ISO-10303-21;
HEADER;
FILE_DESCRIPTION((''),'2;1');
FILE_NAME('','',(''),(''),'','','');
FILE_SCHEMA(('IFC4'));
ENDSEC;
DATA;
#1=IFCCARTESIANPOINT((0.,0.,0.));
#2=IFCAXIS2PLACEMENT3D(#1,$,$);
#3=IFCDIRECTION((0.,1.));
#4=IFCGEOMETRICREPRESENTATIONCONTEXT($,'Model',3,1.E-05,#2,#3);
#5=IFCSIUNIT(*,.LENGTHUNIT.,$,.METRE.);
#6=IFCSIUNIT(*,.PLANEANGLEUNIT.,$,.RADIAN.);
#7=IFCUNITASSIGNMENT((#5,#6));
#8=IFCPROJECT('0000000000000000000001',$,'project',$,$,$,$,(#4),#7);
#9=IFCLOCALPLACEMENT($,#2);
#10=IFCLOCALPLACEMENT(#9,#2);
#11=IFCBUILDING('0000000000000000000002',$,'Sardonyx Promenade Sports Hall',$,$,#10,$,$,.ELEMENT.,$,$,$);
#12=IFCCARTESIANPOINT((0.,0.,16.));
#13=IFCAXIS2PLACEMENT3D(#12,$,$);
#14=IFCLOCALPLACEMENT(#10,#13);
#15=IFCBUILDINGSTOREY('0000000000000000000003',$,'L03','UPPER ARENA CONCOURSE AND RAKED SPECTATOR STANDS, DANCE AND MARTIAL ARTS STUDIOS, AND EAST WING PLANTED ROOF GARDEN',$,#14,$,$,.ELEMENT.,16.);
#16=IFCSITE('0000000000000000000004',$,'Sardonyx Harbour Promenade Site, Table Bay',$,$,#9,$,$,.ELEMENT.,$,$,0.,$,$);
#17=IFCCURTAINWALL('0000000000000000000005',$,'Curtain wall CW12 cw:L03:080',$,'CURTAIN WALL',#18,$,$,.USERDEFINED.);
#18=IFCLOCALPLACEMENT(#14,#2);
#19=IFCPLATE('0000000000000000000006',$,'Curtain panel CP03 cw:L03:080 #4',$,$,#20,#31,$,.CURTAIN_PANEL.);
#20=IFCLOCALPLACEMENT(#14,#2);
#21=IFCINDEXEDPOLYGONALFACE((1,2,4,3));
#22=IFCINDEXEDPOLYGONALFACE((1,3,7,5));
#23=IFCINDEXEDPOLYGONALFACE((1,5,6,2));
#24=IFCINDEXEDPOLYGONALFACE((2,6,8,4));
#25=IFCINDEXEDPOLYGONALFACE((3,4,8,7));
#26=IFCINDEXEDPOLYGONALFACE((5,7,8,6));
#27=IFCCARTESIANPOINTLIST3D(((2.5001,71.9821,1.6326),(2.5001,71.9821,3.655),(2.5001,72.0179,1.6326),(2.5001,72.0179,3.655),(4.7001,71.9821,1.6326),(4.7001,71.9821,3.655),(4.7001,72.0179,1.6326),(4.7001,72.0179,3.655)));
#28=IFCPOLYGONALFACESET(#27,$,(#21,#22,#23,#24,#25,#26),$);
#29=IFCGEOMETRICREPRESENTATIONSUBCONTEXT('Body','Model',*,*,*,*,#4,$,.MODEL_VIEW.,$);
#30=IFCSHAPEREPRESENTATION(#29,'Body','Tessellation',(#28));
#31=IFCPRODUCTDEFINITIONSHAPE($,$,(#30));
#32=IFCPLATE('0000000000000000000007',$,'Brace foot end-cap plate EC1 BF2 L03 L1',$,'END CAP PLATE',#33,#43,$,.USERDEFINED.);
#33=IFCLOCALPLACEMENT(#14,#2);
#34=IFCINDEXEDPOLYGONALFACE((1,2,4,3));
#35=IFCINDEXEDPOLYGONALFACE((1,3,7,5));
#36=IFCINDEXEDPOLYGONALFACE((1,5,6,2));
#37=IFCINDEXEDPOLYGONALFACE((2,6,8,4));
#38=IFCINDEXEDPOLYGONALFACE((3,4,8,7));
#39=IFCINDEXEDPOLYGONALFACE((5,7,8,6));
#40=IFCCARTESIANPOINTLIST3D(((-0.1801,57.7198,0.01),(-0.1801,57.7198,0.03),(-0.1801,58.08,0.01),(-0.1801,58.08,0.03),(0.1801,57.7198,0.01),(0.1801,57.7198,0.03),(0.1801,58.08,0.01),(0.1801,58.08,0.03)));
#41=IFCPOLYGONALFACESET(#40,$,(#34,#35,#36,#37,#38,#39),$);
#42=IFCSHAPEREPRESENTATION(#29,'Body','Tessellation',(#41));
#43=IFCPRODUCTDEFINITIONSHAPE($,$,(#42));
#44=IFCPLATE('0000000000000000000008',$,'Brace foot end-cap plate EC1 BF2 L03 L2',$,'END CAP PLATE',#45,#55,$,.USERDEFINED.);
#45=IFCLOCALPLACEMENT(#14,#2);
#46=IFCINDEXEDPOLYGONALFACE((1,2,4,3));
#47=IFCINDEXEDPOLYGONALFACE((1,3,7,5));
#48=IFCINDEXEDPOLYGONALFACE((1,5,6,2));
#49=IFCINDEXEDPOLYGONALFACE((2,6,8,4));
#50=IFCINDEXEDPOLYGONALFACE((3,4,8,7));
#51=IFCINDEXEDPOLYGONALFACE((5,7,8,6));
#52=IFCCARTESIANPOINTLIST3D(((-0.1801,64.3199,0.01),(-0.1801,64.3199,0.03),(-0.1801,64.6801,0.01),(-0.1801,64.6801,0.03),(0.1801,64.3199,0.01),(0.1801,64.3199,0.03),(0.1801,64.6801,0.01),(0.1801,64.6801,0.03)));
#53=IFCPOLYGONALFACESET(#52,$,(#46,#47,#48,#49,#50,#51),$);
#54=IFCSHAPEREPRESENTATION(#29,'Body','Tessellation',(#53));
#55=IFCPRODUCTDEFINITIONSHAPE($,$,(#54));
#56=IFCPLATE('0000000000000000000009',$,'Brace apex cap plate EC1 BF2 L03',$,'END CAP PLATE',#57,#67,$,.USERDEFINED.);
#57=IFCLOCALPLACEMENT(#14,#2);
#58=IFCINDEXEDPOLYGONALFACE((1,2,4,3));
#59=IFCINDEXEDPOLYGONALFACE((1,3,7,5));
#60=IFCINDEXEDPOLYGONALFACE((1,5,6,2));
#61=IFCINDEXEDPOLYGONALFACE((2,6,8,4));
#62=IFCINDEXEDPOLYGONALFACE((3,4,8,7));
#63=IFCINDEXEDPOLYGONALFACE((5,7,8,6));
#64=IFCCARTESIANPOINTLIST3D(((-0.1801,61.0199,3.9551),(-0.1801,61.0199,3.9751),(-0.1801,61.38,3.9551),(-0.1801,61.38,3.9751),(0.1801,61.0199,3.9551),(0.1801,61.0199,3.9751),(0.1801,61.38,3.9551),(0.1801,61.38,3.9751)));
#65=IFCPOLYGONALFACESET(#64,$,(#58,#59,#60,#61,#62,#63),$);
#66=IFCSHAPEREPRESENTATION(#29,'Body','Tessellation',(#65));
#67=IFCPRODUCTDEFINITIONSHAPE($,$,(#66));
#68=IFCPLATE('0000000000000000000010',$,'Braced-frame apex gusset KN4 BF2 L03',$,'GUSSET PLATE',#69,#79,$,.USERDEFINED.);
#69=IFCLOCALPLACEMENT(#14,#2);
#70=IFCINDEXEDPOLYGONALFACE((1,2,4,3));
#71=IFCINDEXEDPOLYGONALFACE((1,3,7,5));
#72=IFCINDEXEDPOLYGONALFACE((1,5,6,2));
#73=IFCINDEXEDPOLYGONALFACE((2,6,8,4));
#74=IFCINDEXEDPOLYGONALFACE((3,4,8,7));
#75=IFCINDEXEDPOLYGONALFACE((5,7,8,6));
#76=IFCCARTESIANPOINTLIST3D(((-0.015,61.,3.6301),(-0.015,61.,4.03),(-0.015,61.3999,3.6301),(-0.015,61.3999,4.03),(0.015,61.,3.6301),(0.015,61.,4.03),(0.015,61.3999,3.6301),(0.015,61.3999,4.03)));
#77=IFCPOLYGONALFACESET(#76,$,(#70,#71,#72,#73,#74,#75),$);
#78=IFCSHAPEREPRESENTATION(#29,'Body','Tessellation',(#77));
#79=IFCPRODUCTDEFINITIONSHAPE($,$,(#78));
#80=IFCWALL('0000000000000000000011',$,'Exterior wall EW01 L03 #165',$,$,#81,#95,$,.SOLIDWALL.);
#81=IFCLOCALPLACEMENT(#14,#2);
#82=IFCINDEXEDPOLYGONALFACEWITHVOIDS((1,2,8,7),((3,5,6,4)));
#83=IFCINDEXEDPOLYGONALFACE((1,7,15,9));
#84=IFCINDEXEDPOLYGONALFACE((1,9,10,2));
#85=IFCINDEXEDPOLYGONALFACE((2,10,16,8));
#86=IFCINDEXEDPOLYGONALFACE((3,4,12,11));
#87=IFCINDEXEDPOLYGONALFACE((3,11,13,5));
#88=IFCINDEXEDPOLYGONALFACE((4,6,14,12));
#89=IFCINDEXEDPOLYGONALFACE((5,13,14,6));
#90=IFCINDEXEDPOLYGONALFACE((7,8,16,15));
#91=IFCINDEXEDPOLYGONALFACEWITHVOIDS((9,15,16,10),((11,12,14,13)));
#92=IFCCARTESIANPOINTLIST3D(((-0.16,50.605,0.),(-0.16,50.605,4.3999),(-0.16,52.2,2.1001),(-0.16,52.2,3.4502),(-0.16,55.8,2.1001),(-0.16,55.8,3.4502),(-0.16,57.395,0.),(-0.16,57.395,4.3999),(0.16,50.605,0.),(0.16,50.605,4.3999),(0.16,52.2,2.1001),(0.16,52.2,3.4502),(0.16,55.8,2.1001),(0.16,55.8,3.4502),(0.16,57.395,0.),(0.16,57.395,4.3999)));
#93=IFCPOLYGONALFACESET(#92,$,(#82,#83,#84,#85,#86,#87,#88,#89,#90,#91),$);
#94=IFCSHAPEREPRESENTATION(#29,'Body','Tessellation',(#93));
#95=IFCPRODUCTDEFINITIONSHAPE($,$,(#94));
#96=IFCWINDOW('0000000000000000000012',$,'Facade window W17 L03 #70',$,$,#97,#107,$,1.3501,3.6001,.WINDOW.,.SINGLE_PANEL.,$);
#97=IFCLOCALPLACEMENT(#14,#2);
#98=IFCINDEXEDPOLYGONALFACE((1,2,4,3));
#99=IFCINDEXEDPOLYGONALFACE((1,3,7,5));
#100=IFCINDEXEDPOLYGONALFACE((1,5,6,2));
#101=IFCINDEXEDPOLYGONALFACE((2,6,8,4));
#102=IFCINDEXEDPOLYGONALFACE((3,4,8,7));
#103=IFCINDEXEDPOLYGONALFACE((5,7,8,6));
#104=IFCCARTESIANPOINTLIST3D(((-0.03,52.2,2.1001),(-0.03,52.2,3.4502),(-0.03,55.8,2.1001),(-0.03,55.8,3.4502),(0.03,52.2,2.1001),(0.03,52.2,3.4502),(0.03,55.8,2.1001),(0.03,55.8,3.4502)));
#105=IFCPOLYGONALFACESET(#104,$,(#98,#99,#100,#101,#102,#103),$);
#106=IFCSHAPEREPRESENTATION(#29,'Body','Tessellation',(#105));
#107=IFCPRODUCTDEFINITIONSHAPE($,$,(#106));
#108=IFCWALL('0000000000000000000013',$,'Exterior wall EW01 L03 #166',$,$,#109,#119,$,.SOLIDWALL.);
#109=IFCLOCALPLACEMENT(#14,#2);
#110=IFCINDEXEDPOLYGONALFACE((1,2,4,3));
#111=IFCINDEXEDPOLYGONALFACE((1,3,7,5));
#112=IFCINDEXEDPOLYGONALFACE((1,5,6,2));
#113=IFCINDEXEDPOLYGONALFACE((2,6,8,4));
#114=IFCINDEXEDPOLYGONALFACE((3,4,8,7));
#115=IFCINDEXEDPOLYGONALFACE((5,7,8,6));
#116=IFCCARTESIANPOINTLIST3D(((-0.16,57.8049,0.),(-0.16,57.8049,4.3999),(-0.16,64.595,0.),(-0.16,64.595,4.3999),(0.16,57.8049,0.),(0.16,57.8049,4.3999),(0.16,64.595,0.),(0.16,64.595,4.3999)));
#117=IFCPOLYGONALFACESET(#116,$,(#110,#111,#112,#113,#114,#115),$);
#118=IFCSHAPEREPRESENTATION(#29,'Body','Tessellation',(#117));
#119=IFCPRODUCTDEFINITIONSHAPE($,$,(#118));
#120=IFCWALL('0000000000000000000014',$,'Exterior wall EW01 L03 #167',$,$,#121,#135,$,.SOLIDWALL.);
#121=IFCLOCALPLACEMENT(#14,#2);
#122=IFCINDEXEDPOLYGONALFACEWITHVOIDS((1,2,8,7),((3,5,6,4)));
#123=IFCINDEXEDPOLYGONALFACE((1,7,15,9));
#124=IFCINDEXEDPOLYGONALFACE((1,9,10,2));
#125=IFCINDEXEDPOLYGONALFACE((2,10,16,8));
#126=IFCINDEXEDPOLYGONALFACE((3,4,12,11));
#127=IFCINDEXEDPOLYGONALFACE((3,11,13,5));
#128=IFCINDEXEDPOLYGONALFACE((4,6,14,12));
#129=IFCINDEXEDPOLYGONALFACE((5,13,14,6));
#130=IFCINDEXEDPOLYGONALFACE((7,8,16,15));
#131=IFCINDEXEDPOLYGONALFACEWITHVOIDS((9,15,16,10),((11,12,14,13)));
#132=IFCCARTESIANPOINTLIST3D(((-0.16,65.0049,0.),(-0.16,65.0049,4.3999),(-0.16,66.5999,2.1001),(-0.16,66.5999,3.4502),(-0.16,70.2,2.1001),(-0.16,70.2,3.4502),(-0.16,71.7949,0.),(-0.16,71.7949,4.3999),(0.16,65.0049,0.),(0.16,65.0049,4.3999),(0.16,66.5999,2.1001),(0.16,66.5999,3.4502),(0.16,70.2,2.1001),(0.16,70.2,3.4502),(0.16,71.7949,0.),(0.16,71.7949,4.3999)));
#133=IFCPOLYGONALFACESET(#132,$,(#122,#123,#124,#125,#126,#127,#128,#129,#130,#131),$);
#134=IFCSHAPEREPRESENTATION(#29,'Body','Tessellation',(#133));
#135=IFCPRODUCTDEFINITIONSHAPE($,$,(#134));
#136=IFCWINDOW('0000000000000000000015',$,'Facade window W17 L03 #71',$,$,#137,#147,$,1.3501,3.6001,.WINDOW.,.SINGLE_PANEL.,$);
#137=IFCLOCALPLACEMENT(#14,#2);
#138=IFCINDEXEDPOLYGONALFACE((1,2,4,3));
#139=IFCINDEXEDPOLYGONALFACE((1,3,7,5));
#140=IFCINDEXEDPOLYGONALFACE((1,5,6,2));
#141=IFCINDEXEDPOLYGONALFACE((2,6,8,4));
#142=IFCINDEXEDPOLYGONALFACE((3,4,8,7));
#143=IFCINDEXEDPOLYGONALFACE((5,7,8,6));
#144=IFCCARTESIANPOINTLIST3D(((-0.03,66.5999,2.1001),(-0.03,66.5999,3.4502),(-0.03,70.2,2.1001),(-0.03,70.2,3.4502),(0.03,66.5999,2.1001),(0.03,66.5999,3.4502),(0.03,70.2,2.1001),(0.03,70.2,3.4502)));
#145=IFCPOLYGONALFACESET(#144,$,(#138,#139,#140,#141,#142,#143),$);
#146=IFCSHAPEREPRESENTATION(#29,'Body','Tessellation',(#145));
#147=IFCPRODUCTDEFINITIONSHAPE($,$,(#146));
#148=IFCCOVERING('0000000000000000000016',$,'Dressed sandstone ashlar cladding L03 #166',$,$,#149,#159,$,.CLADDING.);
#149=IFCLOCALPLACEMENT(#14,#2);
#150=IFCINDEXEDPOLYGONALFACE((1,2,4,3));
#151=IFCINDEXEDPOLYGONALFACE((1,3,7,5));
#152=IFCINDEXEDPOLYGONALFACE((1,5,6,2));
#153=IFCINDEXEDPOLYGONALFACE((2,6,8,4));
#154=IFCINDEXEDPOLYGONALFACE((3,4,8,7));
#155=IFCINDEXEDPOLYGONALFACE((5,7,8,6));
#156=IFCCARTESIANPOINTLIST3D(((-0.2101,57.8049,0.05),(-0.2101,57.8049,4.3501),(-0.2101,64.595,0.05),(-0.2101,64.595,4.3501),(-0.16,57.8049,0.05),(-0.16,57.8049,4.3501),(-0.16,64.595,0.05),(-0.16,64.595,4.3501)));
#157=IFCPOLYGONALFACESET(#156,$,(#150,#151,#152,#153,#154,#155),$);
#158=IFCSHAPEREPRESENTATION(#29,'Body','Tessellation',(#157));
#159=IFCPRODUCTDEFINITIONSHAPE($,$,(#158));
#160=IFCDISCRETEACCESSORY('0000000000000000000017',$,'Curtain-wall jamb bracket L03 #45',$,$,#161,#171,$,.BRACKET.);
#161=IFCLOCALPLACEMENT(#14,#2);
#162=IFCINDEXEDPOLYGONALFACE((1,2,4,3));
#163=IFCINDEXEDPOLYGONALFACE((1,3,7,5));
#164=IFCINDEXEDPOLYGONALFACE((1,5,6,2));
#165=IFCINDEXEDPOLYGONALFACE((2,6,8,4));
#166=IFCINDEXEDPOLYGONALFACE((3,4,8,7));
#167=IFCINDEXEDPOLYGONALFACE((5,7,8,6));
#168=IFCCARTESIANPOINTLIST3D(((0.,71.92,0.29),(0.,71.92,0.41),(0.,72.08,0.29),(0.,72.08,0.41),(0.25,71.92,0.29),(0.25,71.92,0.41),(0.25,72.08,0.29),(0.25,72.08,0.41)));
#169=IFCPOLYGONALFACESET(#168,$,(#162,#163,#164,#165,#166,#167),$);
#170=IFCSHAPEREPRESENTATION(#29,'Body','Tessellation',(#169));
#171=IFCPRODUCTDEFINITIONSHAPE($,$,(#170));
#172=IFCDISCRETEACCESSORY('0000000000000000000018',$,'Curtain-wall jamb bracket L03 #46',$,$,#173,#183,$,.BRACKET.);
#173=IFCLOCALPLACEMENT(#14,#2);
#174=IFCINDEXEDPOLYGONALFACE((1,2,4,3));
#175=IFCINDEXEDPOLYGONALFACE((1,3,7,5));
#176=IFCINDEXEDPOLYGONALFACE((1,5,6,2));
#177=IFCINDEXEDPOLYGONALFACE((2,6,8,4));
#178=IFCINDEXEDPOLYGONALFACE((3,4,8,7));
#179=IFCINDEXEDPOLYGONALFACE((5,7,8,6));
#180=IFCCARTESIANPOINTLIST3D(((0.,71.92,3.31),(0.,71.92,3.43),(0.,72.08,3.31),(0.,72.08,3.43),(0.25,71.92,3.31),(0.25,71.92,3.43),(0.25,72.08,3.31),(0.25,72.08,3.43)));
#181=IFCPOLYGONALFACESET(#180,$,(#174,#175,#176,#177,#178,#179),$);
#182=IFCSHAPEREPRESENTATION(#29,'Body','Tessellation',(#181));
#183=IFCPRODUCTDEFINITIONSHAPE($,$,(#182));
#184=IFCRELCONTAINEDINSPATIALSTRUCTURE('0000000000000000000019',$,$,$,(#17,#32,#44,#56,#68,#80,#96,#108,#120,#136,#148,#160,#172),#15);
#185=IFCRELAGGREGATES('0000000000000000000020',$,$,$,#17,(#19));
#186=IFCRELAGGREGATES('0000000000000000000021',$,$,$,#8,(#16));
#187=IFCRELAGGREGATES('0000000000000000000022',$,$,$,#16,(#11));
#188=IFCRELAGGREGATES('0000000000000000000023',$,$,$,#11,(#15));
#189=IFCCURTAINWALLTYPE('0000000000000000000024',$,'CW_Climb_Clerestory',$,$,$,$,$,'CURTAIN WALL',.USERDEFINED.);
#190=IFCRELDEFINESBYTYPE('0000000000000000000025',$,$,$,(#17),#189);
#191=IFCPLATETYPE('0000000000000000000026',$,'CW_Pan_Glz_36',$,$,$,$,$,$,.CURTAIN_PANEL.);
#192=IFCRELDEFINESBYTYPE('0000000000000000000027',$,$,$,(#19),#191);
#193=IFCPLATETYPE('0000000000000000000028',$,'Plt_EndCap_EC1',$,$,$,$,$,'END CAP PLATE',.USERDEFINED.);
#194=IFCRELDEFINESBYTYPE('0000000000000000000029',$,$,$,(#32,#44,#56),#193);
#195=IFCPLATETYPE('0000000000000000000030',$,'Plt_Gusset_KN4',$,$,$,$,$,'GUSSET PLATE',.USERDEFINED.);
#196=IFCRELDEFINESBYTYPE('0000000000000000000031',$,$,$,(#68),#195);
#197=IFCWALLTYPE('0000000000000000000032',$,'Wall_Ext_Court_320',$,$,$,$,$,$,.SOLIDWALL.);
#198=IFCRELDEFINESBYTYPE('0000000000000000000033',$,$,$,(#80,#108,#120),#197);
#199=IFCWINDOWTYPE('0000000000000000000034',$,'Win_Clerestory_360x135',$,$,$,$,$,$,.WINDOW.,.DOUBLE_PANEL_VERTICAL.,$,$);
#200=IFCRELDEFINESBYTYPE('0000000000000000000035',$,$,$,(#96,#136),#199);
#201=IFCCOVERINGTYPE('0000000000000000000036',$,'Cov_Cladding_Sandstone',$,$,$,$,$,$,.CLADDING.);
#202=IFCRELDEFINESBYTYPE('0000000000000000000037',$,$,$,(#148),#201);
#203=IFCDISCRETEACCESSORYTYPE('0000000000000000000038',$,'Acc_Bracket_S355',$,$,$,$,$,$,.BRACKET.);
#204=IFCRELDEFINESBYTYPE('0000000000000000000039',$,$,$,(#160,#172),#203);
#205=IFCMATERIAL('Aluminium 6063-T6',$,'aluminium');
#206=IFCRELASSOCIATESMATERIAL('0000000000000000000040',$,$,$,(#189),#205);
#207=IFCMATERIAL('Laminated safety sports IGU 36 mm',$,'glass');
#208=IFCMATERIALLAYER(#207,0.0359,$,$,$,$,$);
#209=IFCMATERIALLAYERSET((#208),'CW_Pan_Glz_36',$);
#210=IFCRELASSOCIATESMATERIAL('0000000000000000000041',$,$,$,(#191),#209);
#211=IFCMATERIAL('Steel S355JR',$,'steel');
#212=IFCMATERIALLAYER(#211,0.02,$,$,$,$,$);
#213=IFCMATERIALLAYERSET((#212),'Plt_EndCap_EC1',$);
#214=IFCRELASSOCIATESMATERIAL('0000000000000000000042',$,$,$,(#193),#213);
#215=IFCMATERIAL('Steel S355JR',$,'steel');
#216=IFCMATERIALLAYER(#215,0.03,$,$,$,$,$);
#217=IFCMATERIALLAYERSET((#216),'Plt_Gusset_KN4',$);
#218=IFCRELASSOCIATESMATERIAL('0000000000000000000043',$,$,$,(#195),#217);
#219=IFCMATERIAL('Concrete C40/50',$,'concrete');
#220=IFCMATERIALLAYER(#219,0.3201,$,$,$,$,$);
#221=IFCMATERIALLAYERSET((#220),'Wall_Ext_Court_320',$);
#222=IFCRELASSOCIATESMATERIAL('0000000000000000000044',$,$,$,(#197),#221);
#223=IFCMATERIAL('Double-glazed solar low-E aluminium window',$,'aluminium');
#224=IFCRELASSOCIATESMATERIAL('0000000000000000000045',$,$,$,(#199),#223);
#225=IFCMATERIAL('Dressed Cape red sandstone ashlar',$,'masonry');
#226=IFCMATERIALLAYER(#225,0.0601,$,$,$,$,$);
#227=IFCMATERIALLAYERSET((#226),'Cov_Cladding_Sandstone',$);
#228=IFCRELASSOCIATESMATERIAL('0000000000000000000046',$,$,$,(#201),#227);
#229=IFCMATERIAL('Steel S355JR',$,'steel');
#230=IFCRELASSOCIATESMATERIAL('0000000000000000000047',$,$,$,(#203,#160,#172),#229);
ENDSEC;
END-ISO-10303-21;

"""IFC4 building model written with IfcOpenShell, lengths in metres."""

from ifc_helpers import new_model, si_unit, direction, frame, frame_2d, origin, origin_2d, place, context, subcontext, project, spatial, rectangle, extrude, material, layer, layer_set, type_object, element, fill, aggregate, save


model = new_model("IFC4")

# Units and contexts
model_context = context("Model", 3, precision=1e-05, world=origin(), true_north=direction((0.0, 1.0)))
body_context = subcontext(model_context, "Body", "Model", "MODEL_VIEW")
ifc_project = project(units=[si_unit("LENGTHUNIT", "METRE"), si_unit("PLANEANGLEUNIT", "RADIAN")], contexts=[model_context])

# Site, building, storey
site_placement = place(None, origin())
site = spatial("IfcSite", under=ifc_project, at=site_placement, Name="Sardonyx Harbour Promenade Site, Table Bay", CompositionType="ELEMENT", RefElevation=0.0)
building_placement = place(site_placement, origin())
building = spatial("IfcBuilding", under=site, at=building_placement, Name="Sardonyx Promenade Sports Hall", CompositionType="ELEMENT")
storey_placement = place(building_placement, frame((0.0, 0.0, 16.0)))
storey = spatial("IfcBuildingStorey", under=building, at=storey_placement, Name="L03", Description="UPPER ARENA CONCOURSE AND RAKED SPECTATOR STANDS, DANCE AND MARTIAL ARTS STUDIOS, AND EAST WING PLANTED ROOF GARDEN", CompositionType="ELEMENT", Elevation=16.0)

# Curtain wall
ifc_material_1 = material(Name="Aluminium 6063-T6", Category="aluminium")
curtain_wall_type = type_object("IfcCurtainWallType", Name="CW_Climb_Clerestory", ElementType="CURTAIN WALL", PredefinedType="USERDEFINED", material=ifc_material_1)
curtain_wall_placement = place(storey_placement, origin())
curtain_wall = element("IfcCurtainWall", 1, at=curtain_wall_placement, inside=storey, type_object=curtain_wall_type, Name="Curtain wall CW12 cw:L03:080", ObjectType="CURTAIN WALL", PredefinedType="USERDEFINED")

# Plate
ifc_material_2 = material(Name="Laminated safety sports IGU 36 mm", Category="glass")
ifc_layer_1 = layer(ifc_material_2, 0.0359)
ifc_layer_set_1 = layer_set([ifc_layer_1], Name="CW_Pan_Glz_36")
plate_type_1 = type_object("IfcPlateType", Name="CW_Pan_Glz_36", PredefinedType="CURTAIN_PANEL", material=ifc_layer_set_1)
plate_1_placement = place(storey_placement, frame((3.6001, 72.0, 1.6326), z_axis=(0.0, 0.0, 1.0), x_axis=(1.0, 0.0, 0.0)))
plate_1 = element("IfcPlate", 2, at=plate_1_placement, type_object=plate_type_1, Name="Curtain panel CP03 cw:L03:080 #4", PredefinedType="CURTAIN_PANEL", context=body_context, shape_type="SweptSolid", body=[
    extrude(rectangle(XDim=2.2, YDim=0.0359, at=origin_2d()), origin(), (0.0, 0.0, 1.0), 2.0225),
])
aggregate(curtain_wall, [plate_1])

# Plates
ifc_material_3 = material(Name="Steel S355JR", Category="steel")
ifc_layer_2 = layer(ifc_material_3, 0.02)
ifc_layer_set_2 = layer_set([ifc_layer_2], Name="Plt_EndCap_EC1")
plate_type_2 = type_object("IfcPlateType", Name="Plt_EndCap_EC1", ElementType="END CAP PLATE", PredefinedType="USERDEFINED", material=ifc_layer_set_2)
for number, where, z_axis, x_axis, name in (
    (3, (0.0, 57.8999, 0.01), (0.0, 0.0, 1.0), (1.0, 0.0, 0.0), "Brace foot end-cap plate EC1 BF2 L03 L1"),
    (4, (0.0, 64.5, 0.01), (0.0, 0.0, 1.0), (1.0, 0.0, 0.0), "Brace foot end-cap plate EC1 BF2 L03 L2"),
    (5, (0.0, 61.2, 3.9551), (0.0, 0.0, 1.0), (1.0, 0.0, 0.0), "Brace apex cap plate EC1 BF2 L03"),
):
    element("IfcPlate", number, at=place(storey_placement, frame(where, z_axis=z_axis, x_axis=x_axis)), inside=storey, type_object=plate_type_2, Name=name, ObjectType="END CAP PLATE", PredefinedType="USERDEFINED", context=body_context, shape_type="SweptSolid", body=[
        extrude(rectangle(XDim=0.3601, YDim=0.3601, at=origin_2d()), origin(), (0.0, 0.0, 1.0), 0.02),
    ])
ifc_material_4 = material(Name="Steel S355JR", Category="steel")
ifc_layer_3 = layer(ifc_material_4, 0.03)
ifc_layer_set_3 = layer_set([ifc_layer_3], Name="Plt_Gusset_KN4")
plate_type_3 = type_object("IfcPlateType", Name="Plt_Gusset_KN4", ElementType="GUSSET PLATE", PredefinedType="USERDEFINED", material=ifc_layer_set_3)
plate_2_placement = place(storey_placement, frame((0.0, 61.2, 3.6301), z_axis=(0.0, 0.0, 1.0), x_axis=(0.0, 1.0, 0.0)))
element("IfcPlate", 6, at=plate_2_placement, inside=storey, type_object=plate_type_3, Name="Braced-frame apex gusset KN4 BF2 L03", ObjectType="GUSSET PLATE", PredefinedType="USERDEFINED", context=body_context, shape_type="SweptSolid", body=[
    extrude(rectangle(XDim=0.3999, YDim=0.03, at=origin_2d()), origin(), (0.0, 0.0, 1.0), 0.3999),
])

# Wall, opening, window
ifc_material_5 = material(Name="Concrete C40/50", Category="concrete")
ifc_layer_4 = layer(ifc_material_5, 0.3201)
ifc_layer_set_4 = layer_set([ifc_layer_4], Name="Wall_Ext_Court_320")
wall_type = type_object("IfcWallType", Name="Wall_Ext_Court_320", PredefinedType="SOLIDWALL", material=ifc_layer_set_4)
wall_1_placement = place(storey_placement, frame((0.0, 50.605, 0.0), z_axis=(0.0, 0.0, 1.0), x_axis=(0.0, 1.0, 0.0)))
wall_1 = element("IfcWall", 7, at=wall_1_placement, inside=storey, type_object=wall_type, Name="Exterior wall EW01 L03 #165", PredefinedType="SOLIDWALL", context=body_context, shape_type="SweptSolid", body=[
    extrude(rectangle(XDim=6.79, YDim=0.3201, at=frame_2d((3.395, 0.0))), origin(), (0.0, 0.0, 1.0), 4.3999),
])
opening_1_placement = place(wall_1_placement, frame((1.595, 0.0, 2.1001)))
opening_1 = element("IfcOpeningElement", 8, at=opening_1_placement, cuts=wall_1, PredefinedType="OPENING", context=body_context, shape_type="SweptSolid", body=[
    extrude(rectangle(XDim=3.6001, YDim=1.3501, at=frame_2d((1.8, 0.675))), frame((0.0, 0.17, 0.0), z_axis=(0.0, -1.0, 0.0), x_axis=(1.0, 0.0, 0.0)), (0.0, 0.0, 1.0), 0.34),
])
ifc_material_6 = material(Name="Double-glazed solar low-E aluminium window", Category="aluminium")
window_type = type_object("IfcWindowType", Name="Win_Clerestory_360x135", PartitioningType="DOUBLE_PANEL_VERTICAL", PredefinedType="WINDOW", material=ifc_material_6)
window_1_placement = place(opening_1_placement, origin())
window_1 = element("IfcWindow", 9, at=window_1_placement, inside=storey, type_object=window_type, Name="Facade window W17 L03 #70", OverallHeight=1.3501, OverallWidth=3.6001, PartitioningType="SINGLE_PANEL", PredefinedType="WINDOW", context=body_context, shape_type="SweptSolid", body=[
    extrude(rectangle(XDim=3.6001, YDim=1.3501, at=frame_2d((1.8, 0.675))), frame((0.0, 0.03, 0.0), z_axis=(0.0, -1.0, 0.0), x_axis=(1.0, 0.0, 0.0)), (0.0, 0.0, 1.0), 0.0601),
])
fill(opening_1, window_1)

# Wall
wall_2_placement = place(storey_placement, frame((0.0, 57.8049, 0.0), z_axis=(0.0, 0.0, 1.0), x_axis=(0.0, 1.0, 0.0)))
element("IfcWall", 10, at=wall_2_placement, inside=storey, type_object=wall_type, Name="Exterior wall EW01 L03 #166", PredefinedType="SOLIDWALL", context=body_context, shape_type="SweptSolid", body=[
    extrude(rectangle(XDim=6.79, YDim=0.3201, at=frame_2d((3.395, 0.0))), origin(), (0.0, 0.0, 1.0), 4.3999),
])

# Wall, opening, window
wall_3_placement = place(storey_placement, frame((0.0, 65.0049, 0.0), z_axis=(0.0, 0.0, 1.0), x_axis=(0.0, 1.0, 0.0)))
wall_3 = element("IfcWall", 11, at=wall_3_placement, inside=storey, type_object=wall_type, Name="Exterior wall EW01 L03 #167", PredefinedType="SOLIDWALL", context=body_context, shape_type="SweptSolid", body=[
    extrude(rectangle(XDim=6.79, YDim=0.3201, at=frame_2d((3.395, 0.0))), origin(), (0.0, 0.0, 1.0), 4.3999),
])
opening_2_placement = place(wall_3_placement, frame((1.595, 0.0, 2.1001)))
opening_2 = element("IfcOpeningElement", 12, at=opening_2_placement, cuts=wall_3, PredefinedType="OPENING", context=body_context, shape_type="SweptSolid", body=[
    extrude(rectangle(XDim=3.6001, YDim=1.3501, at=frame_2d((1.8, 0.675))), frame((0.0, 0.17, 0.0), z_axis=(0.0, -1.0, 0.0), x_axis=(1.0, 0.0, 0.0)), (0.0, 0.0, 1.0), 0.34),
])
window_2_placement = place(opening_2_placement, origin())
window_2 = element("IfcWindow", 13, at=window_2_placement, inside=storey, type_object=window_type, Name="Facade window W17 L03 #71", OverallHeight=1.3501, OverallWidth=3.6001, PartitioningType="SINGLE_PANEL", PredefinedType="WINDOW", context=body_context, shape_type="SweptSolid", body=[
    extrude(rectangle(XDim=3.6001, YDim=1.3501, at=frame_2d((1.8, 0.675))), frame((0.0, 0.03, 0.0), z_axis=(0.0, -1.0, 0.0), x_axis=(1.0, 0.0, 0.0)), (0.0, 0.0, 1.0), 0.0601),
])
fill(opening_2, window_2)

# Covering
ifc_material_7 = material(Name="Dressed Cape red sandstone ashlar", Category="masonry")
ifc_layer_5 = layer(ifc_material_7, 0.0601)
ifc_layer_set_5 = layer_set([ifc_layer_5], Name="Cov_Cladding_Sandstone")
covering_type = type_object("IfcCoveringType", Name="Cov_Cladding_Sandstone", PredefinedType="CLADDING", material=ifc_layer_set_5)
covering_placement = place(storey_placement, frame((-0.1851, 57.8049, 0.05), z_axis=(0.0, 0.0, 1.0), x_axis=(0.0, 1.0, 0.0)))
element("IfcCovering", 14, at=covering_placement, inside=storey, type_object=covering_type, Name="Dressed sandstone ashlar cladding L03 #166", PredefinedType="CLADDING", context=body_context, shape_type="SweptSolid", body=[
    extrude(rectangle(XDim=6.79, YDim=0.05, at=frame_2d((3.395, 0.0))), origin(), (0.0, 0.0, 1.0), 4.3),
])

# Discrete accessories
ifc_material_8 = material(Name="Steel S355JR", Category="steel")
discrete_accessory_type = type_object("IfcDiscreteAccessoryType", Name="Acc_Bracket_S355", PredefinedType="BRACKET", material=ifc_material_8)
for number, where, z_axis, x_axis, name in (
    (15, (0.125, 72.0, 0.29), (0.0, 0.0, 1.0), (1.0, 0.0, 0.0), "Curtain-wall jamb bracket L03 #45"),
    (16, (0.125, 72.0, 3.31), (0.0, 0.0, 1.0), (1.0, 0.0, 0.0), "Curtain-wall jamb bracket L03 #46"),
):
    element("IfcDiscreteAccessory", number, at=place(storey_placement, frame(where, z_axis=z_axis, x_axis=x_axis)), inside=storey, type_object=discrete_accessory_type, material=ifc_material_8, Name=name, PredefinedType="BRACKET", context=body_context, shape_type="SweptSolid", body=[
        extrude(rectangle(XDim=0.25, YDim=0.16), origin(), (0.0, 0.0, 1.0), 0.12),
    ])

save(model, "model.ifc")
